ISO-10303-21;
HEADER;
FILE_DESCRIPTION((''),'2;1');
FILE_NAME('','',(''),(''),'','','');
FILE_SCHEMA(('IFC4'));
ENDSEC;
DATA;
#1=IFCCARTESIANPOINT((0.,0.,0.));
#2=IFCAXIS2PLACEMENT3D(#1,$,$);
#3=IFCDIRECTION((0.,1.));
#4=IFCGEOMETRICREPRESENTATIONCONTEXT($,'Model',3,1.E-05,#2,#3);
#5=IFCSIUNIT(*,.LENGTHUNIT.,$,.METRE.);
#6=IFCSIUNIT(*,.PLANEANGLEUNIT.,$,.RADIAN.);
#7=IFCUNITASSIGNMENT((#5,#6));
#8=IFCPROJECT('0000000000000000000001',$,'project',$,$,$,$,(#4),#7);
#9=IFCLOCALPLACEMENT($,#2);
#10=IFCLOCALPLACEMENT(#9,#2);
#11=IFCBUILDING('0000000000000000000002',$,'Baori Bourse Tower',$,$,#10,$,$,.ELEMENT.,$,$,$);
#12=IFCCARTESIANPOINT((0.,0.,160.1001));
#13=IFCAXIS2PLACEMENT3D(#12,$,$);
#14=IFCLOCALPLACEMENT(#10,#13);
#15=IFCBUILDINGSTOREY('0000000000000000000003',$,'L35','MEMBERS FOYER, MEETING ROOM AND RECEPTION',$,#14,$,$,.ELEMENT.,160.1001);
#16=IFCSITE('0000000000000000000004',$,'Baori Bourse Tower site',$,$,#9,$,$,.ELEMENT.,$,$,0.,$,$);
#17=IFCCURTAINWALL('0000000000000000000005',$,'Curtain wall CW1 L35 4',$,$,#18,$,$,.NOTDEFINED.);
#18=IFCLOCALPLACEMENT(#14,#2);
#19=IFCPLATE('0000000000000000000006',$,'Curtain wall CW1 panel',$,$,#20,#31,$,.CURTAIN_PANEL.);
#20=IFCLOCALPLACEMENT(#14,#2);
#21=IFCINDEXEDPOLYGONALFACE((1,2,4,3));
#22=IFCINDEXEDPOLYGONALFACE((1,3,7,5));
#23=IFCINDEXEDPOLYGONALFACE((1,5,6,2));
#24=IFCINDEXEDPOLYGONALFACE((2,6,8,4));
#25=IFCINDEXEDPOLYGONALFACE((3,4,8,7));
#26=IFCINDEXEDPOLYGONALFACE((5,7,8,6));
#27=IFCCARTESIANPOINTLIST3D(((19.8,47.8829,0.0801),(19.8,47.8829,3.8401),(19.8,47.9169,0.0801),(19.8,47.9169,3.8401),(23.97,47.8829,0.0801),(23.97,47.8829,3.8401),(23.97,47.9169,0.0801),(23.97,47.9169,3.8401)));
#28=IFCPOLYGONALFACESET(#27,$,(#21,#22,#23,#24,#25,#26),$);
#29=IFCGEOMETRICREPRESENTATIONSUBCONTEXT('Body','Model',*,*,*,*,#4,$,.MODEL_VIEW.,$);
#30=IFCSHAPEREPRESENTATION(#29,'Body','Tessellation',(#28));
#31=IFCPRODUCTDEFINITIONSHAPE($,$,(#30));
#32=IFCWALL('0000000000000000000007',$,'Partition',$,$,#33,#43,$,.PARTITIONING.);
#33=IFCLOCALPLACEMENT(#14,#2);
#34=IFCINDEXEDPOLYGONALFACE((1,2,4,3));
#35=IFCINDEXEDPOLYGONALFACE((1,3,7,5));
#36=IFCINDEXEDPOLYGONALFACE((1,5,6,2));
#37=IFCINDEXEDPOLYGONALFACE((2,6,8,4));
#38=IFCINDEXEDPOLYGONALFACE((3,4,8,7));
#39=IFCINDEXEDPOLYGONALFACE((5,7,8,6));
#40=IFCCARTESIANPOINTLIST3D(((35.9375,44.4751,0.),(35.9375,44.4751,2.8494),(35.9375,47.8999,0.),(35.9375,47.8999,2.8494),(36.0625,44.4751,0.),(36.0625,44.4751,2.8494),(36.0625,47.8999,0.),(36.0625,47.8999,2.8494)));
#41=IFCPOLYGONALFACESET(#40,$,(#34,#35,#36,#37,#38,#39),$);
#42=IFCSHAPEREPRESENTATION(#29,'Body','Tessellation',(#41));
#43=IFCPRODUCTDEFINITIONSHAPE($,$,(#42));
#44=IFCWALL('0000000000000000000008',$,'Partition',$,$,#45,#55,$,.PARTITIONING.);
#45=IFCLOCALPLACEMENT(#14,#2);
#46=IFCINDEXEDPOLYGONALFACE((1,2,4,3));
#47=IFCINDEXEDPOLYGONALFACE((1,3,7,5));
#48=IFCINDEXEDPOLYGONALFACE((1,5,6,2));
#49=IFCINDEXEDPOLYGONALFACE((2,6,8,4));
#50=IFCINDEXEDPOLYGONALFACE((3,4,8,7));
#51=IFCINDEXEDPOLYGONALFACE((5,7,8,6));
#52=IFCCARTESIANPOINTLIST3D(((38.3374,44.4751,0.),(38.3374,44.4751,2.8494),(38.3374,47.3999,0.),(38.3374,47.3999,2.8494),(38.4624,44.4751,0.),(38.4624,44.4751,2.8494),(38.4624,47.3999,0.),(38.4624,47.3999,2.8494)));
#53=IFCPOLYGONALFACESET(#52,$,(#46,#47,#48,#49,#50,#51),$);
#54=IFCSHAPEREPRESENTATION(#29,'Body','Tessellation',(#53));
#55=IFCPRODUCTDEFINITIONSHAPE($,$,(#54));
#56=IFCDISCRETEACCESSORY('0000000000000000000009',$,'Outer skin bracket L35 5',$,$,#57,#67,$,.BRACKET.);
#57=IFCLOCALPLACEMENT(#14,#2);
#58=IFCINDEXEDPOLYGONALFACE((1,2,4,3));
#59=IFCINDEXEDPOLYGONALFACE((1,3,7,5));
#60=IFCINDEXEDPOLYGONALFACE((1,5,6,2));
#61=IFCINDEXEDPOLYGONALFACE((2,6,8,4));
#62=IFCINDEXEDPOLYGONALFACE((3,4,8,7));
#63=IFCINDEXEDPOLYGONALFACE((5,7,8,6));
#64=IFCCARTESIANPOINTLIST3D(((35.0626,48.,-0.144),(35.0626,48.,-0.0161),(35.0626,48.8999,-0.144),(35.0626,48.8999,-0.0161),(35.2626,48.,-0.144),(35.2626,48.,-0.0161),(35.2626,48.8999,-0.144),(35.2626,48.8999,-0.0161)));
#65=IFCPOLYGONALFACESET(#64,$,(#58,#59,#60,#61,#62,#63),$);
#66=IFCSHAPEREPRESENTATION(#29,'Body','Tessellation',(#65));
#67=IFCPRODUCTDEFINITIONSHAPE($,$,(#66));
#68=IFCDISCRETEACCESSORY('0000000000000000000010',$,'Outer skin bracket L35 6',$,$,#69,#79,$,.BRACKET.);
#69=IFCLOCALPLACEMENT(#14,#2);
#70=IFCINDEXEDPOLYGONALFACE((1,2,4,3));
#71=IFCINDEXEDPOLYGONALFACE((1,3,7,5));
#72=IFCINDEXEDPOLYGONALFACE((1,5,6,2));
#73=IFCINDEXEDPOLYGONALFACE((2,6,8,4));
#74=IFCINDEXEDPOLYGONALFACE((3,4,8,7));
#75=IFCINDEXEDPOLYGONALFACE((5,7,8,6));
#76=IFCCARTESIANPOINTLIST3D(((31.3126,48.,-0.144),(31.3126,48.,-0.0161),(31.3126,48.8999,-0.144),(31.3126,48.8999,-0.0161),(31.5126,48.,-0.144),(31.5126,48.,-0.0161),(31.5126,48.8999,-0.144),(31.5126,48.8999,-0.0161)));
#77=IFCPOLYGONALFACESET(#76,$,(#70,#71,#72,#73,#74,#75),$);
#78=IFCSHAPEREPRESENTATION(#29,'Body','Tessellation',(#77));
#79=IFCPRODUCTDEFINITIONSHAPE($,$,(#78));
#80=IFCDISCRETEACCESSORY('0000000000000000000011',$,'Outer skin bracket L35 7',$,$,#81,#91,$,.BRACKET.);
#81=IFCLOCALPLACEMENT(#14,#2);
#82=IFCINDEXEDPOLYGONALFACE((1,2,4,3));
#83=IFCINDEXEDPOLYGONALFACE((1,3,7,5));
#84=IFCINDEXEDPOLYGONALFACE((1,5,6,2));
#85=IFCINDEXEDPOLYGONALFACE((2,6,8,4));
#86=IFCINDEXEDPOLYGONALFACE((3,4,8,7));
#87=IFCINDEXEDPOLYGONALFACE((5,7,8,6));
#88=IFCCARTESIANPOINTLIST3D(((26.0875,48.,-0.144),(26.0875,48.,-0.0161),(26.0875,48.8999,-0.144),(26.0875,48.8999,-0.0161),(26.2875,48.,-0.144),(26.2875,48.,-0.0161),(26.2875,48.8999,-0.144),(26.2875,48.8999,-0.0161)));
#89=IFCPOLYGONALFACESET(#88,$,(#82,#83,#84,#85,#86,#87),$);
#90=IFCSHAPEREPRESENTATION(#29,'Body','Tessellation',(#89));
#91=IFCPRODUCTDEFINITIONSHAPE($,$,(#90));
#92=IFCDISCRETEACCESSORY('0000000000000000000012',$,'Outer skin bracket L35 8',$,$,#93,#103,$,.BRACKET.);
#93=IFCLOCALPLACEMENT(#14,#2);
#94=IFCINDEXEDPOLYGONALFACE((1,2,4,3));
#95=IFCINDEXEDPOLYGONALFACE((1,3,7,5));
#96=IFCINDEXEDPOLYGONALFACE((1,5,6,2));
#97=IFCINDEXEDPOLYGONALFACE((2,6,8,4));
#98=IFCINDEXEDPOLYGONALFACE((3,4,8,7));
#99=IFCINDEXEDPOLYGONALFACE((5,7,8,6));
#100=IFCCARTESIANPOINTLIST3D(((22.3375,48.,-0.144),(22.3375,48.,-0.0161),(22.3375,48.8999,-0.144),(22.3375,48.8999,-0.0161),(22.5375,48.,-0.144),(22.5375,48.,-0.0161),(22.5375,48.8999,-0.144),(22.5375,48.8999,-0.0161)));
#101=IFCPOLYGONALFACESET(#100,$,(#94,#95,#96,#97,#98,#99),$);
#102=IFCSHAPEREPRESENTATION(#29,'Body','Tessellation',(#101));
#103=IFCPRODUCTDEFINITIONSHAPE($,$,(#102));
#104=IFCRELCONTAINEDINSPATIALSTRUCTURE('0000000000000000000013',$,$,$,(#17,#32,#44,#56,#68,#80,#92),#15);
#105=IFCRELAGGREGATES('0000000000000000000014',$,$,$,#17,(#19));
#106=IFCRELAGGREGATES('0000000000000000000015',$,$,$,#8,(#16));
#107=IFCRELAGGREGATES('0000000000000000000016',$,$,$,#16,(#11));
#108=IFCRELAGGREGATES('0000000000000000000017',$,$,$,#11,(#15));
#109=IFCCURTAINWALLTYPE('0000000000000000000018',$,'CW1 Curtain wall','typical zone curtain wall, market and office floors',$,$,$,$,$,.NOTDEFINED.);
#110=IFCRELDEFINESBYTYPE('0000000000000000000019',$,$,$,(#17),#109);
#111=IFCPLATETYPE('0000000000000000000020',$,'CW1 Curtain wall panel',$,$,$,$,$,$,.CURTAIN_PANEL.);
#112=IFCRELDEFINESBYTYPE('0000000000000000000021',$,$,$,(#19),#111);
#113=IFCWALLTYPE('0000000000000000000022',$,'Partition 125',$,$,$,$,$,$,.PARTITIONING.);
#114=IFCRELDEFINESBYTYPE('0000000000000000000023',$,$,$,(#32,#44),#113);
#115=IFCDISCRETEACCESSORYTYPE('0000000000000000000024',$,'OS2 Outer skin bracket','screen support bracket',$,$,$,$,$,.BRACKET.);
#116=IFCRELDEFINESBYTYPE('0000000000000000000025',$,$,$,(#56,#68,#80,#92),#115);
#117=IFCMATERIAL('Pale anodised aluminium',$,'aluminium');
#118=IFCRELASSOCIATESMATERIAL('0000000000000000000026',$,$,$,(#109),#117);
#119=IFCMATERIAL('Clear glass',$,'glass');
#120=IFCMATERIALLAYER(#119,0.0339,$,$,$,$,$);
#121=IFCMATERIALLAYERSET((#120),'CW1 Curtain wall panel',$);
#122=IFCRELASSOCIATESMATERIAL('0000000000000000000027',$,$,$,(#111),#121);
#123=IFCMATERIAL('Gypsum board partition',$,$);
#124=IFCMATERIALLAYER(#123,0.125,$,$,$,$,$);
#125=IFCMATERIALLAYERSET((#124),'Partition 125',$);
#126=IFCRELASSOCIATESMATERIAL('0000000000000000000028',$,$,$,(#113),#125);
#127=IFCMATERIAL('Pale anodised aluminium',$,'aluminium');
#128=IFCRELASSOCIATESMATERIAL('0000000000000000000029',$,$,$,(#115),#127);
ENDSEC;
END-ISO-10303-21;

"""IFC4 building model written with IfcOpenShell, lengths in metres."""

from ifc_helpers import new_model, si_unit, direction, frame, frame_2d, origin, origin_2d, place, context, subcontext, project, spatial, rectangle, extrude, material, layer, layer_set, type_object, element, aggregate, save


model = new_model("IFC4")

# Units and contexts
model_context = context("Model", 3, precision=1e-05, world=origin(), true_north=direction((0.0, 1.0)))
body_context = subcontext(model_context, "Body", "Model", "MODEL_VIEW")
ifc_project = project(units=[si_unit("LENGTHUNIT", "METRE"), si_unit("PLANEANGLEUNIT", "RADIAN")], contexts=[model_context])

# Site, building, storey
site_placement = place(None, origin())
site = spatial("IfcSite", under=ifc_project, at=site_placement, Name="Baori Bourse Tower site", CompositionType="ELEMENT", RefElevation=0.0)
building_placement = place(site_placement, origin())
building = spatial("IfcBuilding", under=site, at=building_placement, Name="Baori Bourse Tower", CompositionType="ELEMENT")
storey_placement = place(building_placement, frame((0.0, 0.0, 160.1001)))
storey = spatial("IfcBuildingStorey", under=building, at=storey_placement, Name="L35", Description="MEMBERS FOYER, MEETING ROOM AND RECEPTION", CompositionType="ELEMENT", Elevation=160.1001)

# Curtain wall
ifc_material_1 = material(Name="Pale anodised aluminium", Category="aluminium")
curtain_wall_type = type_object("IfcCurtainWallType", Name="CW1 Curtain wall", Description="typical zone curtain wall, market and office floors", PredefinedType="NOTDEFINED", material=ifc_material_1)
curtain_wall_placement = place(storey_placement, origin())
curtain_wall = element("IfcCurtainWall", 1, at=curtain_wall_placement, inside=storey, type_object=curtain_wall_type, Name="Curtain wall CW1 L35 4", PredefinedType="NOTDEFINED")

# Plate
ifc_material_2 = material(Name="Clear glass", Category="glass")
ifc_layer_1 = layer(ifc_material_2, 0.0339)
ifc_layer_set_1 = layer_set([ifc_layer_1], Name="CW1 Curtain wall panel")
plate_type = type_object("IfcPlateType", Name="CW1 Curtain wall panel", PredefinedType="CURTAIN_PANEL", material=ifc_layer_set_1)
plate_1_placement = place(storey_placement, frame((21.885, 47.8999, 0.0801), z_axis=(0.0, 0.0, 1.0), x_axis=(-1.0, 0.0, 0.0)))
plate_1 = element("IfcPlate", 2, at=plate_1_placement, type_object=plate_type, Name="Curtain wall CW1 panel", PredefinedType="CURTAIN_PANEL", context=body_context, shape_type="SweptSolid", body=[
    extrude(rectangle(XDim=4.1699, YDim=0.0339, at=origin_2d()), origin(), (0.0, 0.0, 1.0), 3.76),
])
aggregate(curtain_wall, [plate_1])

# Walls
ifc_material_3 = material(Name="Gypsum board partition")
ifc_layer_2 = layer(ifc_material_3, 0.125)
ifc_layer_set_2 = layer_set([ifc_layer_2], Name="Partition 125")
wall_type = type_object("IfcWallType", Name="Partition 125", PredefinedType="PARTITIONING", material=ifc_layer_set_2)
wall_1_placement = place(storey_placement, frame((36.0, 44.4751, 0.0), z_axis=(0.0, 0.0, 1.0), x_axis=(0.0, 1.0, 0.0)))
element("IfcWall", 3, at=wall_1_placement, inside=storey, type_object=wall_type, Name="Partition", PredefinedType="PARTITIONING", context=body_context, shape_type="SweptSolid", body=[
    extrude(rectangle(XDim=3.4248, YDim=0.125, at=frame_2d((1.7124, 0.0))), origin(), (0.0, 0.0, 1.0), 2.8494),
])
wall_2_placement = place(storey_placement, frame((38.3999, 44.4751, 0.0), z_axis=(0.0, 0.0, 1.0), x_axis=(0.0, 1.0, 0.0)))
element("IfcWall", 4, at=wall_2_placement, inside=storey, type_object=wall_type, Name="Partition", PredefinedType="PARTITIONING", context=body_context, shape_type="SweptSolid", body=[
    extrude(rectangle(XDim=2.9248, YDim=0.125, at=frame_2d((1.4624, 0.0))), origin(), (0.0, 0.0, 1.0), 2.8494),
])

# Discrete accessories
ifc_material_4 = material(Name="Pale anodised aluminium", Category="aluminium")
discrete_accessory_type = type_object("IfcDiscreteAccessoryType", Name="OS2 Outer skin bracket", Description="screen support bracket", PredefinedType="BRACKET", material=ifc_material_4)
for number, where, z_axis, x_axis, name in (
    (5, (35.1626, 48.45, -0.144), (0.0, 0.0, 1.0), (-1.0, 0.0, 0.0), "Outer skin bracket L35 5"),
    (6, (31.4126, 48.45, -0.144), (0.0, 0.0, 1.0), (-1.0, 0.0, 0.0), "Outer skin bracket L35 6"),
    (7, (26.1875, 48.45, -0.144), (0.0, 0.0, 1.0), (-1.0, 0.0, 0.0), "Outer skin bracket L35 7"),
    (8, (22.4375, 48.45, -0.144), (0.0, 0.0, 1.0), (-1.0, 0.0, 0.0), "Outer skin bracket L35 8"),
):
    element("IfcDiscreteAccessory", number, at=place(storey_placement, frame(where, z_axis=z_axis, x_axis=x_axis)), inside=storey, type_object=discrete_accessory_type, Name=name, PredefinedType="BRACKET", context=body_context, shape_type="SweptSolid", body=[
        extrude(rectangle(XDim=0.2, YDim=0.8999, at=origin_2d()), origin(), (0.0, 0.0, 1.0), 0.1279),
    ])

save(model, "model.ifc")
